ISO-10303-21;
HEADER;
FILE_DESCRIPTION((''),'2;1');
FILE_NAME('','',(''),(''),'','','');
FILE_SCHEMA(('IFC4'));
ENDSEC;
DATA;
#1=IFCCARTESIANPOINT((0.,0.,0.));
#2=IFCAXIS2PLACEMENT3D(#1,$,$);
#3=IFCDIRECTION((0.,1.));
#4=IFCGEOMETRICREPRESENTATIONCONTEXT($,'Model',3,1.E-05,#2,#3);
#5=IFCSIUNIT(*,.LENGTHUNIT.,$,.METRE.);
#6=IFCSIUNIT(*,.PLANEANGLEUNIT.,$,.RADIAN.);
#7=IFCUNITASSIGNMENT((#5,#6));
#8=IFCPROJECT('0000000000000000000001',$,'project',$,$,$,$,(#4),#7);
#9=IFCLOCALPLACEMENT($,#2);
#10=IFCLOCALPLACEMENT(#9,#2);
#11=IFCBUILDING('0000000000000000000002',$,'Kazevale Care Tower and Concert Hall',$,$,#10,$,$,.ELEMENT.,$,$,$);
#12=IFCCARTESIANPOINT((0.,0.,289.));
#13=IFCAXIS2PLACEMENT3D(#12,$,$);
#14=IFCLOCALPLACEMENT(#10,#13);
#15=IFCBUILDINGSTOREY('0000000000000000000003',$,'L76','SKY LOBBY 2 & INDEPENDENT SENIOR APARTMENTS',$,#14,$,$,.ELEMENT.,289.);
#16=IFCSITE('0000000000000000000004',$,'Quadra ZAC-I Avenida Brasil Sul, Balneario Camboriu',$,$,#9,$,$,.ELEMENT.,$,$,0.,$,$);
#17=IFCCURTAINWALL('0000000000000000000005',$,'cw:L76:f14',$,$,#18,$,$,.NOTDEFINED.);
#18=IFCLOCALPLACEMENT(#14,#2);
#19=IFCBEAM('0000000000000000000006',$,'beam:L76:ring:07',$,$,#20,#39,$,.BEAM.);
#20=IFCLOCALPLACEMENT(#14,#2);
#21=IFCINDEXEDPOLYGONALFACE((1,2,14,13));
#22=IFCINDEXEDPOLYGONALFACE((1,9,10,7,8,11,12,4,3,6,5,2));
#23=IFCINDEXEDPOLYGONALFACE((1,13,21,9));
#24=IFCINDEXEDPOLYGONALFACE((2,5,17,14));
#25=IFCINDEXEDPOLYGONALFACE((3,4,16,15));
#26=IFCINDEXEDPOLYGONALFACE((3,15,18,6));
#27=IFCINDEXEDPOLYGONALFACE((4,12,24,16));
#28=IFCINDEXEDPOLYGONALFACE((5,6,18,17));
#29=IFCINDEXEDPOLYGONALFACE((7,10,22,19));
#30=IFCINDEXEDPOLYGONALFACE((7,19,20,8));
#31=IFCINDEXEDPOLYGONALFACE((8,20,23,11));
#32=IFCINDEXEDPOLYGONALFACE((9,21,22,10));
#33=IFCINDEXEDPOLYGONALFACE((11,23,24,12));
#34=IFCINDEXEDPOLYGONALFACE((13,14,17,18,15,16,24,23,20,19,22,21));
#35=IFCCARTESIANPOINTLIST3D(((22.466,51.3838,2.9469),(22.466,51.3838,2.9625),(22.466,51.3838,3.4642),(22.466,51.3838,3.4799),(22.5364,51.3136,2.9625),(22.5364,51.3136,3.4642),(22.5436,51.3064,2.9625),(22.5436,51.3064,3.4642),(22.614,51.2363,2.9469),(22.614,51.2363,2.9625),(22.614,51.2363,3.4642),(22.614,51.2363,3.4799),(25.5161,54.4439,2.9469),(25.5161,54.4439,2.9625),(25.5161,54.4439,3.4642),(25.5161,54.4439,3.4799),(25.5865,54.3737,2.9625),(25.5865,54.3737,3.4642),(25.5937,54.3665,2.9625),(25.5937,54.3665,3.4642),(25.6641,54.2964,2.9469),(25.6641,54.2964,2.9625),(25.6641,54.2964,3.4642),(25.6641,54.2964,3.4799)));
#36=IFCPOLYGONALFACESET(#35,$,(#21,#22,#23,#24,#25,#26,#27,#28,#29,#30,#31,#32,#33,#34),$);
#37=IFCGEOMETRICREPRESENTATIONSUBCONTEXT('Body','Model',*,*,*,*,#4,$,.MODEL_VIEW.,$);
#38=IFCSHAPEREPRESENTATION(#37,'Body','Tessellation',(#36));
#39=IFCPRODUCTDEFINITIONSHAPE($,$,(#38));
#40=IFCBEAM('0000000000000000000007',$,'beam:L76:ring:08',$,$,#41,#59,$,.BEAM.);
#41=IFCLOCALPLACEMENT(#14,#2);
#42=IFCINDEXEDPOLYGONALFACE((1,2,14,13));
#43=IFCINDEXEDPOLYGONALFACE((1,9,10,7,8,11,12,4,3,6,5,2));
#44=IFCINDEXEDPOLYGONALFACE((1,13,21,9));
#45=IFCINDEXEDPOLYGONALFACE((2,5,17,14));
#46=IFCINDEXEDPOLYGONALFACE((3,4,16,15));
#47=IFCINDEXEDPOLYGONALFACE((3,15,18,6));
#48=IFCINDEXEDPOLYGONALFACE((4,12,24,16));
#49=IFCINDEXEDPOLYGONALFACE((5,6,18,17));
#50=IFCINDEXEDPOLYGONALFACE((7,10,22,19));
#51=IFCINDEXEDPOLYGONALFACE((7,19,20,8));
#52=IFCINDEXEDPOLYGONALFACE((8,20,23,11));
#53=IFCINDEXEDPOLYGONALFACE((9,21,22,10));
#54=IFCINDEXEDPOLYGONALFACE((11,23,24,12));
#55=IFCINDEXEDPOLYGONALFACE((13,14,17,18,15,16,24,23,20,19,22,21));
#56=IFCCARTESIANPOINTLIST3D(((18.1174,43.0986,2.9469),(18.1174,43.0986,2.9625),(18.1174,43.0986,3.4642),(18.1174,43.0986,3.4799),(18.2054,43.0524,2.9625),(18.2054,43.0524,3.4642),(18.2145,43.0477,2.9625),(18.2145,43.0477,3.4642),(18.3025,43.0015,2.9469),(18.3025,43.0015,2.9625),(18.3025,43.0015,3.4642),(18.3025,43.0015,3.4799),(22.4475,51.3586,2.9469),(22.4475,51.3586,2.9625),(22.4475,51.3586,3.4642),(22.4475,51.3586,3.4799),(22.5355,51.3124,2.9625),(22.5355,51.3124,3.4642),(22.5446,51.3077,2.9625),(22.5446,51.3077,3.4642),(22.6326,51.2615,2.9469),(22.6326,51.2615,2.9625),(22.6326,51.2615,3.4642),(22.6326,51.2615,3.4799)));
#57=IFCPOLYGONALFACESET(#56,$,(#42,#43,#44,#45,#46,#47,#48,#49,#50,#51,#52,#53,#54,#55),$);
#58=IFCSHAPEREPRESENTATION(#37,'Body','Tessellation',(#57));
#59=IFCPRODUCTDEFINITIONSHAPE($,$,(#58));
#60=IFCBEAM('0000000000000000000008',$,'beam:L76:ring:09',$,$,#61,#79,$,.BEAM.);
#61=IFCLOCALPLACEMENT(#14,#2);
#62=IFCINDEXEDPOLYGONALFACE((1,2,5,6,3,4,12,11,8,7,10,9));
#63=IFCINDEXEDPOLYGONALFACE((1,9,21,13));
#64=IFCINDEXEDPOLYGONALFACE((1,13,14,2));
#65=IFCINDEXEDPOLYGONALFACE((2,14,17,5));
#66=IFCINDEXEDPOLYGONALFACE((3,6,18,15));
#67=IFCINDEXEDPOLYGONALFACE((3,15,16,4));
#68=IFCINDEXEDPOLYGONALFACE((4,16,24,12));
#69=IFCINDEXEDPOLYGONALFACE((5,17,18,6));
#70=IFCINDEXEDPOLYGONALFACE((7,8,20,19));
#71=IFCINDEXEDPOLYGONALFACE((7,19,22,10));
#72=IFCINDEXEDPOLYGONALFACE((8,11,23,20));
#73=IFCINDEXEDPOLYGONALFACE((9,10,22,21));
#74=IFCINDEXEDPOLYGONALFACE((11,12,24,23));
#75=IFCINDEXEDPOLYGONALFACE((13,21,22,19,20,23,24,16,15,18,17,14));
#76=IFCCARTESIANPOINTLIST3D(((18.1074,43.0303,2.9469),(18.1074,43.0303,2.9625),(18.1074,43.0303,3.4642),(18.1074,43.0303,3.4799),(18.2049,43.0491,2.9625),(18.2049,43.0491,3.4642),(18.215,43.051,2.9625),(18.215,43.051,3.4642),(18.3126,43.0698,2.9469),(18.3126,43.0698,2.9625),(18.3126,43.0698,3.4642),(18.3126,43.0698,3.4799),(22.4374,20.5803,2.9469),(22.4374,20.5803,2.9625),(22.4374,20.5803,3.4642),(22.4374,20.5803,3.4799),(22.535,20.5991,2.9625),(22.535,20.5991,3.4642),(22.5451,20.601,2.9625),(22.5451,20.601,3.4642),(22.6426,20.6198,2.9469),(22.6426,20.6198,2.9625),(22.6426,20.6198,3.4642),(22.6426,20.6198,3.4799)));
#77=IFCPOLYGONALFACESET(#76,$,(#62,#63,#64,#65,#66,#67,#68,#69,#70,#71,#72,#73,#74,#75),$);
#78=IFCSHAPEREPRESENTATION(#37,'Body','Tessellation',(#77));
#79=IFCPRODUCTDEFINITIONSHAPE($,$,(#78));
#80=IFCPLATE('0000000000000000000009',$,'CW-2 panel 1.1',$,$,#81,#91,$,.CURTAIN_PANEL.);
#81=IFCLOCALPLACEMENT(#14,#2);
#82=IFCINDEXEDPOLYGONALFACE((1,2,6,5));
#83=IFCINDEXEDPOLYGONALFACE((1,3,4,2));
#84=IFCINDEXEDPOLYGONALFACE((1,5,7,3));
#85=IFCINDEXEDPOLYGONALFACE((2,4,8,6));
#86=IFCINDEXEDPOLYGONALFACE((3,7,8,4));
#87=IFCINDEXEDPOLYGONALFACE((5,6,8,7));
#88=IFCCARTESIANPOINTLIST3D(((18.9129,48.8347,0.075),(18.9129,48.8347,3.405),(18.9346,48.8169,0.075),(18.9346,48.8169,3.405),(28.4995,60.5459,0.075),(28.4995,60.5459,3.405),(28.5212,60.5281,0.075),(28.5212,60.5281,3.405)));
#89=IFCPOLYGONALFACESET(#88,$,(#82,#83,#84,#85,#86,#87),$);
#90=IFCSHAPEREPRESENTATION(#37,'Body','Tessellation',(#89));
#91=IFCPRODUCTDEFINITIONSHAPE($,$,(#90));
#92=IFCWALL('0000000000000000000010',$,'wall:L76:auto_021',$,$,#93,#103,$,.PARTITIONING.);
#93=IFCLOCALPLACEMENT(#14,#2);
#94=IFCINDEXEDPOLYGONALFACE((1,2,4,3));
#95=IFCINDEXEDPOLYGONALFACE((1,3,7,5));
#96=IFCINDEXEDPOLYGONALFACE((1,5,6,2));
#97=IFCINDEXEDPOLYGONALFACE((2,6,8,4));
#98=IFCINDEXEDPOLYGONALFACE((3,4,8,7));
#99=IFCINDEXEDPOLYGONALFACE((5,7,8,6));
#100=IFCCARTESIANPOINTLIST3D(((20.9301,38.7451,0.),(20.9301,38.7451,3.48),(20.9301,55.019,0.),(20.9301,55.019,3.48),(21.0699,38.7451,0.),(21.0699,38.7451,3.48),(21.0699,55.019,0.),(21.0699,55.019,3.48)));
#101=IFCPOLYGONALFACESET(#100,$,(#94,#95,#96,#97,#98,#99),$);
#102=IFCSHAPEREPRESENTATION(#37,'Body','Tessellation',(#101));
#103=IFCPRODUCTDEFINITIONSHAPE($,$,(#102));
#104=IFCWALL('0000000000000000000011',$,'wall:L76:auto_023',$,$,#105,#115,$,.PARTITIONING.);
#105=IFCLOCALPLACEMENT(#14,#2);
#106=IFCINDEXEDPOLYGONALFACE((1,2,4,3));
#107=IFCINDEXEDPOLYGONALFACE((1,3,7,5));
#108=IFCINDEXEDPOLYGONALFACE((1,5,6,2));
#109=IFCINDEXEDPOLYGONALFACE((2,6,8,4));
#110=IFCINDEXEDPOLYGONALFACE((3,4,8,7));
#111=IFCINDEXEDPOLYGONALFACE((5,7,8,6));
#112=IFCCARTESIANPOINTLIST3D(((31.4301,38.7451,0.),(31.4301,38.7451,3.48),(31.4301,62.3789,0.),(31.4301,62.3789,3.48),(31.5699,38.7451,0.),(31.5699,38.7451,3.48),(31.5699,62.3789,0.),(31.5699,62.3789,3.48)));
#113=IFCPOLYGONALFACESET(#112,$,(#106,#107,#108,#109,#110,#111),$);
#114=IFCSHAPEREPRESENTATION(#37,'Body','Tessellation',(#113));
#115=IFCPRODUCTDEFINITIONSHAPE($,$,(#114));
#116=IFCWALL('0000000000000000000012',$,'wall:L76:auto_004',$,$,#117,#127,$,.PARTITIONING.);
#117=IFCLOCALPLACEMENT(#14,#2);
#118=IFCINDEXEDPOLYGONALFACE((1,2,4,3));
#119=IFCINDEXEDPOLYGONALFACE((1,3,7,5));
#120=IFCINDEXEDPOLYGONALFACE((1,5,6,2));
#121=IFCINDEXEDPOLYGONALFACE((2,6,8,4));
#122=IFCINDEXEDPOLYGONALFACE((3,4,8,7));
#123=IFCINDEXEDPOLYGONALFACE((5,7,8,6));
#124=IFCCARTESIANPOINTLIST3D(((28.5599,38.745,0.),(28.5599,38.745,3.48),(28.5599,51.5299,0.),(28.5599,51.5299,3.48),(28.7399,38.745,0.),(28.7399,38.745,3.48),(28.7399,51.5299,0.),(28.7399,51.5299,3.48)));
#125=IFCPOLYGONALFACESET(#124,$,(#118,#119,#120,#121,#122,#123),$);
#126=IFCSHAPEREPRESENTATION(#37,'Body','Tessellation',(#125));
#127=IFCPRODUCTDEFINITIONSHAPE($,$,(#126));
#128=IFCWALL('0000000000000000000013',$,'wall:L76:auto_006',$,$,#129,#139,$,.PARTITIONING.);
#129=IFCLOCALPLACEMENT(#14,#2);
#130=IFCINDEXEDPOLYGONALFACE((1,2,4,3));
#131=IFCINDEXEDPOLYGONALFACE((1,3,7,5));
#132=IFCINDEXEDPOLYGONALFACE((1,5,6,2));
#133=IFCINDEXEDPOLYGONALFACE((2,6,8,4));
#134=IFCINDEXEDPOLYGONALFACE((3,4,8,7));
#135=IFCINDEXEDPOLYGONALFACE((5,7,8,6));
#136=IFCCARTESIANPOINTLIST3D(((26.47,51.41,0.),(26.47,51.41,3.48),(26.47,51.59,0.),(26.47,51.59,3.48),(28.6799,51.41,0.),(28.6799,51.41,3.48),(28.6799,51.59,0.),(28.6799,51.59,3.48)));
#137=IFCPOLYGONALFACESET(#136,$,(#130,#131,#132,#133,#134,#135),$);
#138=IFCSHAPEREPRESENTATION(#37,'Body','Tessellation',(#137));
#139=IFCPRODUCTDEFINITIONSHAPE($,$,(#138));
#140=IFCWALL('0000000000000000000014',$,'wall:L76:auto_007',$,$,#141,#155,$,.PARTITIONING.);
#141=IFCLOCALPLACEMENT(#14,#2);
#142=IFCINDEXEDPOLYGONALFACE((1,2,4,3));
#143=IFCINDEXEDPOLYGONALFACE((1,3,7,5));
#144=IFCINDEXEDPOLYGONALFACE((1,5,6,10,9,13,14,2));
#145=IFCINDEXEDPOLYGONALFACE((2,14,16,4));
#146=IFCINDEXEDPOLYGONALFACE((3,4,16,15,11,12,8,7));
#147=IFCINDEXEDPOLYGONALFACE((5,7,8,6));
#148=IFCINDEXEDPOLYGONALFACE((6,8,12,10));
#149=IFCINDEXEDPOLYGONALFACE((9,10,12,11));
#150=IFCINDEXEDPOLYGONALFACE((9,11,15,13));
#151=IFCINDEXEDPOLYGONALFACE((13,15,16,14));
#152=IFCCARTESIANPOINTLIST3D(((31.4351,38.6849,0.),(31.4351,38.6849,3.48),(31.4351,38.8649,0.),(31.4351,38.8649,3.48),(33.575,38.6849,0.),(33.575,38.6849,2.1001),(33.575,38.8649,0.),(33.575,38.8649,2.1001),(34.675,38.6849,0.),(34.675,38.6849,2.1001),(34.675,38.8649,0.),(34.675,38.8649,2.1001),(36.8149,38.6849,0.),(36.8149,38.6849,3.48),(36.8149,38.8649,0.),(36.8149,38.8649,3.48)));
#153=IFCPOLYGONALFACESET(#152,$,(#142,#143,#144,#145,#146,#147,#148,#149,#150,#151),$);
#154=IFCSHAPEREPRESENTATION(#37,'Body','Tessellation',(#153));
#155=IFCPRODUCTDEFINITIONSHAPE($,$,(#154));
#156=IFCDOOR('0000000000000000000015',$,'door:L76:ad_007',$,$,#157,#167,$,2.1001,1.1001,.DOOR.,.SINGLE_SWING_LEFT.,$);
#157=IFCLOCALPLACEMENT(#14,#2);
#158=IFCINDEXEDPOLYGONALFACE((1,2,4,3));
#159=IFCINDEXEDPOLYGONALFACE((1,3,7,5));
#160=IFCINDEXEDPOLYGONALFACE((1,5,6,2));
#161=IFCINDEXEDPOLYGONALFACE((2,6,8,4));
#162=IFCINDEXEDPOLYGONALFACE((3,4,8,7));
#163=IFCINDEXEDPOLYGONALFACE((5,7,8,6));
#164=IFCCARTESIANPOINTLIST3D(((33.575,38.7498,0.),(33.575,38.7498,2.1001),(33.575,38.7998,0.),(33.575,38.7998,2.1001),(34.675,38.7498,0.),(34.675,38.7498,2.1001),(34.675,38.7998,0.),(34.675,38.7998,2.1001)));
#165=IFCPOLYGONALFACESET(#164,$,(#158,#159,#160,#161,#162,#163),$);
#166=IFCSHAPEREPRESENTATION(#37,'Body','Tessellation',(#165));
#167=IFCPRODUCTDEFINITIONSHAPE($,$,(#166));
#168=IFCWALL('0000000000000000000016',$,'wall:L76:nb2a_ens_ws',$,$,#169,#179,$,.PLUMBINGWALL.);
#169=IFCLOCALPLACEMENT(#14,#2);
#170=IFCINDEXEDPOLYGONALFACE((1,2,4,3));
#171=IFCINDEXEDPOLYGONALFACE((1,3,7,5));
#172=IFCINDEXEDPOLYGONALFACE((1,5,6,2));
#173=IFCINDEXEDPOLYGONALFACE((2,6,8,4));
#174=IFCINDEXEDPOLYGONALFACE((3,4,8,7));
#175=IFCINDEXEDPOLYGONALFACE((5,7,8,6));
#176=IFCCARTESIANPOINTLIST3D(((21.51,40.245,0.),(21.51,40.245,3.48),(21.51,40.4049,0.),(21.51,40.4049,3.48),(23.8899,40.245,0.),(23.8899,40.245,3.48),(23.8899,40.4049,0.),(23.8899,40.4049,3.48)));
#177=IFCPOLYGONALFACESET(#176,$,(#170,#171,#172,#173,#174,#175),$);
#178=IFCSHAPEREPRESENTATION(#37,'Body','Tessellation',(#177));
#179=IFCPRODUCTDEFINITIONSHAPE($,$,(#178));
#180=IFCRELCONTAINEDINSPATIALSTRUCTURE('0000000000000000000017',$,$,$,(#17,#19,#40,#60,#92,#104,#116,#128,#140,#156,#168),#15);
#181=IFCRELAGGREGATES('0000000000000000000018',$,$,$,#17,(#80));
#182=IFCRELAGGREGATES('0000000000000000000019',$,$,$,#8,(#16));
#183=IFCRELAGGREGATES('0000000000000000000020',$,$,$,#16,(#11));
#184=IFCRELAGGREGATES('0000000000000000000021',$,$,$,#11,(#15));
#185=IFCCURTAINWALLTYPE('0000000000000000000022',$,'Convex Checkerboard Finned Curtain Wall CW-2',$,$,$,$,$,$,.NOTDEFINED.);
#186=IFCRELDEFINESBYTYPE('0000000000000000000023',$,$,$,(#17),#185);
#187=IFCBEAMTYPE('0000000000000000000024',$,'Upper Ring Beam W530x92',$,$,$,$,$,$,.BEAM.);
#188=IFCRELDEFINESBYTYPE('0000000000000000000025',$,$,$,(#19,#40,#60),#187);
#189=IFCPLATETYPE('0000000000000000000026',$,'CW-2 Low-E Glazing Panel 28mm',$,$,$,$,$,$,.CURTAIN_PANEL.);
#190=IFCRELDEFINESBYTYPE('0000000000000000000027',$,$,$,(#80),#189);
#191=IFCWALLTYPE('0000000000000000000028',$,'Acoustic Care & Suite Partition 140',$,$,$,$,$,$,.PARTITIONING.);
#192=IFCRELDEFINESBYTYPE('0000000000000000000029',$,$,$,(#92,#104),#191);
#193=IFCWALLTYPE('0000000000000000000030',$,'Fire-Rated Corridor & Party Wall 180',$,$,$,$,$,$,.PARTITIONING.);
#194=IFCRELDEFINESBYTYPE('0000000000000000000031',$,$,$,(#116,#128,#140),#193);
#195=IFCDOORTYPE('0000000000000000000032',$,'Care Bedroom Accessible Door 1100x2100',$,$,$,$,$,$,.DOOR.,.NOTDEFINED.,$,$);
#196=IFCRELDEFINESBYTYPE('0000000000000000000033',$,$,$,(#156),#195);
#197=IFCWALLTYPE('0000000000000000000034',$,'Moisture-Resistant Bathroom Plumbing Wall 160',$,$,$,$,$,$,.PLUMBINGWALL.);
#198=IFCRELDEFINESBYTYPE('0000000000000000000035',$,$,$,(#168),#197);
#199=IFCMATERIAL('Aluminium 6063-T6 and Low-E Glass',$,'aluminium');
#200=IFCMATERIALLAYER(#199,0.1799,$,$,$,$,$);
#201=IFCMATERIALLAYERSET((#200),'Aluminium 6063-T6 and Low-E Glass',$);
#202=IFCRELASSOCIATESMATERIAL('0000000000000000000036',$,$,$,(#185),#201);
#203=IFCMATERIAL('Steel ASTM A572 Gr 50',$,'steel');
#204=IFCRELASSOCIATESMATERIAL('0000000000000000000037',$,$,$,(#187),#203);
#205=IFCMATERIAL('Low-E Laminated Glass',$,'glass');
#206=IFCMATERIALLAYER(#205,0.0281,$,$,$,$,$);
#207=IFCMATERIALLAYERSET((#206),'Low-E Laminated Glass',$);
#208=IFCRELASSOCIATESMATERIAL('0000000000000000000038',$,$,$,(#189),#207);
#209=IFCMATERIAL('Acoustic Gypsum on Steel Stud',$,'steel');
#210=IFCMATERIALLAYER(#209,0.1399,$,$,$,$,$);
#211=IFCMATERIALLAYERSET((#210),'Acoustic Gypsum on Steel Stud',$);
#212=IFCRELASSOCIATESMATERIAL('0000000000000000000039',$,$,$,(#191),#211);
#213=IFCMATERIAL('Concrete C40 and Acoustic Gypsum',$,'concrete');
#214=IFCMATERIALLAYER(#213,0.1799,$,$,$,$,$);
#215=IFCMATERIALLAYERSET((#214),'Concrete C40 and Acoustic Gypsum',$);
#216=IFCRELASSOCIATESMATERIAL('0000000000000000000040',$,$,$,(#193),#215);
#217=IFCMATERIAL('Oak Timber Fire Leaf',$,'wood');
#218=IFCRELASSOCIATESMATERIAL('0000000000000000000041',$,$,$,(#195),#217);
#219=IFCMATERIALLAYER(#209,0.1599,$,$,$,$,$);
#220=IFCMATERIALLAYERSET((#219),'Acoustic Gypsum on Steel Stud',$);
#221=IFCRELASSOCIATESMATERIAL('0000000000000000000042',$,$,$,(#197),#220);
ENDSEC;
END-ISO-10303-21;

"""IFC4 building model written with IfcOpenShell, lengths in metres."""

from ifc_helpers import new_model, si_unit, direction, frame, frame_2d, origin, origin_2d, place, context, subcontext, project, spatial, rectangle, i_section, extrude, material, layer, layer_set, material_profile, profile_set, type_object, element, fill, aggregate, save


model = new_model("IFC4")

# Units and contexts
model_context = context("Model", 3, precision=1e-05, world=origin(), true_north=direction((0.0, 1.0)))
body_context = subcontext(model_context, "Body", "Model", "MODEL_VIEW")
ifc_project = project(units=[si_unit("LENGTHUNIT", "METRE"), si_unit("PLANEANGLEUNIT", "RADIAN")], contexts=[model_context])

# Site, building, storey
site_placement = place(None, origin())
site = spatial("IfcSite", under=ifc_project, at=site_placement, Name="Quadra ZAC-I Avenida Brasil Sul, Balneario Camboriu", CompositionType="ELEMENT", RefElevation=0.0)
building_placement = place(site_placement, origin())
building = spatial("IfcBuilding", under=site, at=building_placement, Name="Kazevale Care Tower and Concert Hall", CompositionType="ELEMENT")
storey_placement = place(building_placement, frame((0.0, 0.0, 289.0)))
storey = spatial("IfcBuildingStorey", under=building, at=storey_placement, Name="L76", Description="SKY LOBBY 2 & INDEPENDENT SENIOR APARTMENTS", CompositionType="ELEMENT", Elevation=289.0)

# Curtain wall
ifc_material_1 = material(Name="Aluminium 6063-T6 and Low-E Glass", Category="aluminium")
ifc_layer_1 = layer(ifc_material_1, 0.1799)
ifc_layer_set_1 = layer_set([ifc_layer_1], Name="Aluminium 6063-T6 and Low-E Glass")
curtain_wall_type_1 = type_object("IfcCurtainWallType", Name="Convex Checkerboard Finned Curtain Wall CW-2", PredefinedType="NOTDEFINED", material=ifc_layer_set_1)
curtain_wall_1_placement = place(storey_placement, origin())
curtain_wall_1 = element("IfcCurtainWall", 1, at=curtain_wall_1_placement, inside=storey, type_object=curtain_wall_type_1, Name="cw:L76:f14", PredefinedType="NOTDEFINED")

# Beams
ifc_material_2 = material(Name="Steel ASTM A572 Gr 50", Category="steel")
ifc_material_profile_1 = material_profile(ifc_material_2, i_section(OverallWidth=0.209, OverallDepth=0.533, WebThickness=0.0103, FlangeThickness=0.0156, at=origin_2d()), Name="W530x92")
ifc_profile_set_1 = profile_set([ifc_material_profile_1], Name="Steel ASTM A572 Gr 50")
beam_type_1 = type_object("IfcBeamType", Name="Upper Ring Beam W530x92", PredefinedType="BEAM", material=ifc_profile_set_1)
beam_1_placement = place(storey_placement, frame((25.5901, 54.3701, 3.2134), z_axis=(-0.705947, -0.708264, 0.0), x_axis=(0.708264, -0.705947, 0.0)))
element("IfcBeam", 2, at=beam_1_placement, inside=storey, type_object=beam_type_1, Name="beam:L76:ring:07", PredefinedType="BEAM", context=body_context, shape_type="SweptSolid", body=[
    extrude(i_section(OverallWidth=0.209, OverallDepth=0.533, WebThickness=0.0103, FlangeThickness=0.0156, at=origin_2d()), origin(), (0.0, 0.0, 1.0), 4.3206),
])
beam_2_placement = place(storey_placement, frame((22.54, 51.3101, 3.2134), z_axis=(-0.464294, -0.885681, 0.0), x_axis=(0.885681, -0.464294, 0.0)))
element("IfcBeam", 3, at=beam_2_placement, inside=storey, type_object=beam_type_1, Name="beam:L76:ring:08", PredefinedType="BEAM", context=body_context, shape_type="SweptSolid", body=[
    extrude(i_section(OverallWidth=0.209, OverallDepth=0.533, WebThickness=0.0103, FlangeThickness=0.0156, at=origin_2d()), origin(), (0.0, 0.0, 1.0), 9.3262),
])
beam_3_placement = place(storey_placement, frame((18.21, 43.05, 3.2134), z_axis=(0.189386, -0.981903, 0.0), x_axis=(0.981903, 0.189386, 0.0)))
element("IfcBeam", 4, at=beam_3_placement, inside=storey, type_object=beam_type_1, Name="beam:L76:ring:09", PredefinedType="BEAM", context=body_context, shape_type="SweptSolid", body=[
    extrude(i_section(OverallWidth=0.209, OverallDepth=0.533, WebThickness=0.0103, FlangeThickness=0.0156, at=origin_2d()), origin(), (0.0, 0.0, 1.0), 22.8638),
])

# Plate
ifc_material_3 = material(Name="Low-E Laminated Glass", Category="glass")
ifc_layer_2 = layer(ifc_material_3, 0.0281)
ifc_layer_set_2 = layer_set([ifc_layer_2], Name="Low-E Laminated Glass")
plate_type = type_object("IfcPlateType", Name="CW-2 Low-E Glazing Panel 28mm", PredefinedType="CURTAIN_PANEL", material=ifc_layer_set_2)
plate_placement = place(storey_placement, frame((23.717, 54.6814, 0.075), z_axis=(0.0, 0.0, 1.0), x_axis=(0.633426, 0.773803, 0.0)))
plate = element("IfcPlate", 5, at=plate_placement, type_object=plate_type, Name="CW-2 panel 1.1", PredefinedType="CURTAIN_PANEL", context=body_context, shape_type="SweptSolid", body=[
    extrude(rectangle(XDim=15.1345, YDim=0.0281, at=origin_2d()), origin(), (0.0, 0.0, 1.0), 3.3301),
])
aggregate(curtain_wall_1, [plate])

# Walls
ifc_material_4 = material(Name="Acoustic Gypsum on Steel Stud", Category="steel")
ifc_layer_3 = layer(ifc_material_4, 0.1399)
ifc_layer_set_3 = layer_set([ifc_layer_3], Name="Acoustic Gypsum on Steel Stud")
wall_type_1 = type_object("IfcWallType", Name="Acoustic Care & Suite Partition 140", PredefinedType="PARTITIONING", material=ifc_layer_set_3)
wall_1_placement = place(storey_placement, frame((21.0, 55.019, 0.0), z_axis=(0.0, 0.0, 1.0), x_axis=(0.0, -1.0, 0.0)))
element("IfcWall", 6, at=wall_1_placement, inside=storey, type_object=wall_type_1, Name="wall:L76:auto_021", PredefinedType="PARTITIONING", context=body_context, shape_type="SweptSolid", body=[
    extrude(rectangle(XDim=16.2739, YDim=0.1399, at=frame_2d((8.137, 0.0))), origin(), (0.0, 0.0, 1.0), 3.48),
])
wall_2_placement = place(storey_placement, frame((31.5, 62.3789, 0.0), z_axis=(0.0, 0.0, 1.0), x_axis=(0.0, -1.0, 0.0)))
element("IfcWall", 7, at=wall_2_placement, inside=storey, type_object=wall_type_1, Name="wall:L76:auto_023", PredefinedType="PARTITIONING", context=body_context, shape_type="SweptSolid", body=[
    extrude(rectangle(XDim=23.6338, YDim=0.1399, at=frame_2d((11.8169, 0.0))), origin(), (0.0, 0.0, 1.0), 3.48),
])
ifc_material_5 = material(Name="Concrete C40 and Acoustic Gypsum", Category="concrete")
ifc_layer_4 = layer(ifc_material_5, 0.1799)
ifc_layer_set_4 = layer_set([ifc_layer_4], Name="Concrete C40 and Acoustic Gypsum")
wall_type_2 = type_object("IfcWallType", Name="Fire-Rated Corridor & Party Wall 180", PredefinedType="PARTITIONING", material=ifc_layer_set_4)
wall_3_placement = place(storey_placement, frame((28.6499, 51.53, 0.0), z_axis=(0.0, 0.0, 1.0), x_axis=(0.0, -1.0, 0.0)))
element("IfcWall", 8, at=wall_3_placement, inside=storey, type_object=wall_type_2, Name="wall:L76:auto_004", PredefinedType="PARTITIONING", context=body_context, shape_type="SweptSolid", body=[
    extrude(rectangle(XDim=12.7849, YDim=0.1799, at=frame_2d((6.3926, 0.0))), origin(), (0.0, 0.0, 1.0), 3.48),
])
wall_4_placement = place(storey_placement, frame((26.47, 51.5, 0.0), z_axis=(0.0, 0.0, 1.0), x_axis=(1.0, 0.0, 0.0)))
element("IfcWall", 9, at=wall_4_placement, inside=storey, type_object=wall_type_2, Name="wall:L76:auto_006", PredefinedType="PARTITIONING", context=body_context, shape_type="SweptSolid", body=[
    extrude(rectangle(XDim=2.21, YDim=0.1799, at=frame_2d((1.105, 0.0))), origin(), (0.0, 0.0, 1.0), 3.48),
])

# Wall, opening, door
wall_5_placement = place(storey_placement, frame((31.4351, 38.7749, 0.0), z_axis=(0.0, 0.0, 1.0), x_axis=(1.0, 0.0, 0.0)))
wall_5 = element("IfcWall", 10, at=wall_5_placement, inside=storey, type_object=wall_type_2, Name="wall:L76:auto_007", PredefinedType="PARTITIONING", context=body_context, shape_type="SweptSolid", body=[
    extrude(rectangle(XDim=5.3799, YDim=0.1799, at=frame_2d((2.6899, 0.0))), origin(), (0.0, 0.0, 1.0), 3.48),
])
opening_1_placement = place(wall_5_placement, frame((2.1399, 0.0, 0.0)))
opening_1 = element("IfcOpeningElement", 11, at=opening_1_placement, cuts=wall_5, PredefinedType="OPENING", context=body_context, shape_type="SweptSolid", body=[
    extrude(rectangle(XDim=1.1001, YDim=2.1001, at=frame_2d((0.55, 1.05))), frame((0.0, 0.0999, 0.0), z_axis=(0.0, -1.0, 0.0), x_axis=(1.0, 0.0, 0.0)), (0.0, 0.0, 1.0), 0.2),
])
ifc_material_6 = material(Name="Oak Timber Fire Leaf", Category="wood")
door_type_1 = type_object("IfcDoorType", Name="Care Bedroom Accessible Door 1100x2100", OperationType="NOTDEFINED", PredefinedType="DOOR", material=ifc_material_6)
door_1_placement = place(opening_1_placement, origin())
door_1 = element("IfcDoor", 12, at=door_1_placement, inside=storey, type_object=door_type_1, Name="door:L76:ad_007", OperationType="SINGLE_SWING_LEFT", OverallHeight=2.1001, OverallWidth=1.1001, PredefinedType="DOOR", context=body_context, shape_type="SweptSolid", body=[
    extrude(rectangle(XDim=1.1001, YDim=2.1001, at=frame_2d((0.55, 1.05))), frame((0.0, 0.0249, 0.0), z_axis=(0.0, -1.0, 0.0), x_axis=(1.0, 0.0, 0.0)), (0.0, 0.0, 1.0), 0.05),
])
fill(opening_1, door_1)

# Wall
ifc_layer_5 = layer(ifc_material_4, 0.1599)
ifc_layer_set_5 = layer_set([ifc_layer_5], Name="Acoustic Gypsum on Steel Stud")
wall_type_3 = type_object("IfcWallType", Name="Moisture-Resistant Bathroom Plumbing Wall 160", PredefinedType="PLUMBINGWALL", material=ifc_layer_set_5)
wall_6_placement = place(storey_placement, frame((21.51, 40.325, 0.0), z_axis=(0.0, 0.0, 1.0), x_axis=(1.0, 0.0, 0.0)))
element("IfcWall", 13, at=wall_6_placement, inside=storey, type_object=wall_type_3, Name="wall:L76:nb2a_ens_ws", PredefinedType="PLUMBINGWALL", context=body_context, shape_type="SweptSolid", body=[
    extrude(rectangle(XDim=2.3799, YDim=0.1599, at=frame_2d((1.1899, 0.0))), origin(), (0.0, 0.0, 1.0), 3.48),
])

save(model, "model.ifc")
